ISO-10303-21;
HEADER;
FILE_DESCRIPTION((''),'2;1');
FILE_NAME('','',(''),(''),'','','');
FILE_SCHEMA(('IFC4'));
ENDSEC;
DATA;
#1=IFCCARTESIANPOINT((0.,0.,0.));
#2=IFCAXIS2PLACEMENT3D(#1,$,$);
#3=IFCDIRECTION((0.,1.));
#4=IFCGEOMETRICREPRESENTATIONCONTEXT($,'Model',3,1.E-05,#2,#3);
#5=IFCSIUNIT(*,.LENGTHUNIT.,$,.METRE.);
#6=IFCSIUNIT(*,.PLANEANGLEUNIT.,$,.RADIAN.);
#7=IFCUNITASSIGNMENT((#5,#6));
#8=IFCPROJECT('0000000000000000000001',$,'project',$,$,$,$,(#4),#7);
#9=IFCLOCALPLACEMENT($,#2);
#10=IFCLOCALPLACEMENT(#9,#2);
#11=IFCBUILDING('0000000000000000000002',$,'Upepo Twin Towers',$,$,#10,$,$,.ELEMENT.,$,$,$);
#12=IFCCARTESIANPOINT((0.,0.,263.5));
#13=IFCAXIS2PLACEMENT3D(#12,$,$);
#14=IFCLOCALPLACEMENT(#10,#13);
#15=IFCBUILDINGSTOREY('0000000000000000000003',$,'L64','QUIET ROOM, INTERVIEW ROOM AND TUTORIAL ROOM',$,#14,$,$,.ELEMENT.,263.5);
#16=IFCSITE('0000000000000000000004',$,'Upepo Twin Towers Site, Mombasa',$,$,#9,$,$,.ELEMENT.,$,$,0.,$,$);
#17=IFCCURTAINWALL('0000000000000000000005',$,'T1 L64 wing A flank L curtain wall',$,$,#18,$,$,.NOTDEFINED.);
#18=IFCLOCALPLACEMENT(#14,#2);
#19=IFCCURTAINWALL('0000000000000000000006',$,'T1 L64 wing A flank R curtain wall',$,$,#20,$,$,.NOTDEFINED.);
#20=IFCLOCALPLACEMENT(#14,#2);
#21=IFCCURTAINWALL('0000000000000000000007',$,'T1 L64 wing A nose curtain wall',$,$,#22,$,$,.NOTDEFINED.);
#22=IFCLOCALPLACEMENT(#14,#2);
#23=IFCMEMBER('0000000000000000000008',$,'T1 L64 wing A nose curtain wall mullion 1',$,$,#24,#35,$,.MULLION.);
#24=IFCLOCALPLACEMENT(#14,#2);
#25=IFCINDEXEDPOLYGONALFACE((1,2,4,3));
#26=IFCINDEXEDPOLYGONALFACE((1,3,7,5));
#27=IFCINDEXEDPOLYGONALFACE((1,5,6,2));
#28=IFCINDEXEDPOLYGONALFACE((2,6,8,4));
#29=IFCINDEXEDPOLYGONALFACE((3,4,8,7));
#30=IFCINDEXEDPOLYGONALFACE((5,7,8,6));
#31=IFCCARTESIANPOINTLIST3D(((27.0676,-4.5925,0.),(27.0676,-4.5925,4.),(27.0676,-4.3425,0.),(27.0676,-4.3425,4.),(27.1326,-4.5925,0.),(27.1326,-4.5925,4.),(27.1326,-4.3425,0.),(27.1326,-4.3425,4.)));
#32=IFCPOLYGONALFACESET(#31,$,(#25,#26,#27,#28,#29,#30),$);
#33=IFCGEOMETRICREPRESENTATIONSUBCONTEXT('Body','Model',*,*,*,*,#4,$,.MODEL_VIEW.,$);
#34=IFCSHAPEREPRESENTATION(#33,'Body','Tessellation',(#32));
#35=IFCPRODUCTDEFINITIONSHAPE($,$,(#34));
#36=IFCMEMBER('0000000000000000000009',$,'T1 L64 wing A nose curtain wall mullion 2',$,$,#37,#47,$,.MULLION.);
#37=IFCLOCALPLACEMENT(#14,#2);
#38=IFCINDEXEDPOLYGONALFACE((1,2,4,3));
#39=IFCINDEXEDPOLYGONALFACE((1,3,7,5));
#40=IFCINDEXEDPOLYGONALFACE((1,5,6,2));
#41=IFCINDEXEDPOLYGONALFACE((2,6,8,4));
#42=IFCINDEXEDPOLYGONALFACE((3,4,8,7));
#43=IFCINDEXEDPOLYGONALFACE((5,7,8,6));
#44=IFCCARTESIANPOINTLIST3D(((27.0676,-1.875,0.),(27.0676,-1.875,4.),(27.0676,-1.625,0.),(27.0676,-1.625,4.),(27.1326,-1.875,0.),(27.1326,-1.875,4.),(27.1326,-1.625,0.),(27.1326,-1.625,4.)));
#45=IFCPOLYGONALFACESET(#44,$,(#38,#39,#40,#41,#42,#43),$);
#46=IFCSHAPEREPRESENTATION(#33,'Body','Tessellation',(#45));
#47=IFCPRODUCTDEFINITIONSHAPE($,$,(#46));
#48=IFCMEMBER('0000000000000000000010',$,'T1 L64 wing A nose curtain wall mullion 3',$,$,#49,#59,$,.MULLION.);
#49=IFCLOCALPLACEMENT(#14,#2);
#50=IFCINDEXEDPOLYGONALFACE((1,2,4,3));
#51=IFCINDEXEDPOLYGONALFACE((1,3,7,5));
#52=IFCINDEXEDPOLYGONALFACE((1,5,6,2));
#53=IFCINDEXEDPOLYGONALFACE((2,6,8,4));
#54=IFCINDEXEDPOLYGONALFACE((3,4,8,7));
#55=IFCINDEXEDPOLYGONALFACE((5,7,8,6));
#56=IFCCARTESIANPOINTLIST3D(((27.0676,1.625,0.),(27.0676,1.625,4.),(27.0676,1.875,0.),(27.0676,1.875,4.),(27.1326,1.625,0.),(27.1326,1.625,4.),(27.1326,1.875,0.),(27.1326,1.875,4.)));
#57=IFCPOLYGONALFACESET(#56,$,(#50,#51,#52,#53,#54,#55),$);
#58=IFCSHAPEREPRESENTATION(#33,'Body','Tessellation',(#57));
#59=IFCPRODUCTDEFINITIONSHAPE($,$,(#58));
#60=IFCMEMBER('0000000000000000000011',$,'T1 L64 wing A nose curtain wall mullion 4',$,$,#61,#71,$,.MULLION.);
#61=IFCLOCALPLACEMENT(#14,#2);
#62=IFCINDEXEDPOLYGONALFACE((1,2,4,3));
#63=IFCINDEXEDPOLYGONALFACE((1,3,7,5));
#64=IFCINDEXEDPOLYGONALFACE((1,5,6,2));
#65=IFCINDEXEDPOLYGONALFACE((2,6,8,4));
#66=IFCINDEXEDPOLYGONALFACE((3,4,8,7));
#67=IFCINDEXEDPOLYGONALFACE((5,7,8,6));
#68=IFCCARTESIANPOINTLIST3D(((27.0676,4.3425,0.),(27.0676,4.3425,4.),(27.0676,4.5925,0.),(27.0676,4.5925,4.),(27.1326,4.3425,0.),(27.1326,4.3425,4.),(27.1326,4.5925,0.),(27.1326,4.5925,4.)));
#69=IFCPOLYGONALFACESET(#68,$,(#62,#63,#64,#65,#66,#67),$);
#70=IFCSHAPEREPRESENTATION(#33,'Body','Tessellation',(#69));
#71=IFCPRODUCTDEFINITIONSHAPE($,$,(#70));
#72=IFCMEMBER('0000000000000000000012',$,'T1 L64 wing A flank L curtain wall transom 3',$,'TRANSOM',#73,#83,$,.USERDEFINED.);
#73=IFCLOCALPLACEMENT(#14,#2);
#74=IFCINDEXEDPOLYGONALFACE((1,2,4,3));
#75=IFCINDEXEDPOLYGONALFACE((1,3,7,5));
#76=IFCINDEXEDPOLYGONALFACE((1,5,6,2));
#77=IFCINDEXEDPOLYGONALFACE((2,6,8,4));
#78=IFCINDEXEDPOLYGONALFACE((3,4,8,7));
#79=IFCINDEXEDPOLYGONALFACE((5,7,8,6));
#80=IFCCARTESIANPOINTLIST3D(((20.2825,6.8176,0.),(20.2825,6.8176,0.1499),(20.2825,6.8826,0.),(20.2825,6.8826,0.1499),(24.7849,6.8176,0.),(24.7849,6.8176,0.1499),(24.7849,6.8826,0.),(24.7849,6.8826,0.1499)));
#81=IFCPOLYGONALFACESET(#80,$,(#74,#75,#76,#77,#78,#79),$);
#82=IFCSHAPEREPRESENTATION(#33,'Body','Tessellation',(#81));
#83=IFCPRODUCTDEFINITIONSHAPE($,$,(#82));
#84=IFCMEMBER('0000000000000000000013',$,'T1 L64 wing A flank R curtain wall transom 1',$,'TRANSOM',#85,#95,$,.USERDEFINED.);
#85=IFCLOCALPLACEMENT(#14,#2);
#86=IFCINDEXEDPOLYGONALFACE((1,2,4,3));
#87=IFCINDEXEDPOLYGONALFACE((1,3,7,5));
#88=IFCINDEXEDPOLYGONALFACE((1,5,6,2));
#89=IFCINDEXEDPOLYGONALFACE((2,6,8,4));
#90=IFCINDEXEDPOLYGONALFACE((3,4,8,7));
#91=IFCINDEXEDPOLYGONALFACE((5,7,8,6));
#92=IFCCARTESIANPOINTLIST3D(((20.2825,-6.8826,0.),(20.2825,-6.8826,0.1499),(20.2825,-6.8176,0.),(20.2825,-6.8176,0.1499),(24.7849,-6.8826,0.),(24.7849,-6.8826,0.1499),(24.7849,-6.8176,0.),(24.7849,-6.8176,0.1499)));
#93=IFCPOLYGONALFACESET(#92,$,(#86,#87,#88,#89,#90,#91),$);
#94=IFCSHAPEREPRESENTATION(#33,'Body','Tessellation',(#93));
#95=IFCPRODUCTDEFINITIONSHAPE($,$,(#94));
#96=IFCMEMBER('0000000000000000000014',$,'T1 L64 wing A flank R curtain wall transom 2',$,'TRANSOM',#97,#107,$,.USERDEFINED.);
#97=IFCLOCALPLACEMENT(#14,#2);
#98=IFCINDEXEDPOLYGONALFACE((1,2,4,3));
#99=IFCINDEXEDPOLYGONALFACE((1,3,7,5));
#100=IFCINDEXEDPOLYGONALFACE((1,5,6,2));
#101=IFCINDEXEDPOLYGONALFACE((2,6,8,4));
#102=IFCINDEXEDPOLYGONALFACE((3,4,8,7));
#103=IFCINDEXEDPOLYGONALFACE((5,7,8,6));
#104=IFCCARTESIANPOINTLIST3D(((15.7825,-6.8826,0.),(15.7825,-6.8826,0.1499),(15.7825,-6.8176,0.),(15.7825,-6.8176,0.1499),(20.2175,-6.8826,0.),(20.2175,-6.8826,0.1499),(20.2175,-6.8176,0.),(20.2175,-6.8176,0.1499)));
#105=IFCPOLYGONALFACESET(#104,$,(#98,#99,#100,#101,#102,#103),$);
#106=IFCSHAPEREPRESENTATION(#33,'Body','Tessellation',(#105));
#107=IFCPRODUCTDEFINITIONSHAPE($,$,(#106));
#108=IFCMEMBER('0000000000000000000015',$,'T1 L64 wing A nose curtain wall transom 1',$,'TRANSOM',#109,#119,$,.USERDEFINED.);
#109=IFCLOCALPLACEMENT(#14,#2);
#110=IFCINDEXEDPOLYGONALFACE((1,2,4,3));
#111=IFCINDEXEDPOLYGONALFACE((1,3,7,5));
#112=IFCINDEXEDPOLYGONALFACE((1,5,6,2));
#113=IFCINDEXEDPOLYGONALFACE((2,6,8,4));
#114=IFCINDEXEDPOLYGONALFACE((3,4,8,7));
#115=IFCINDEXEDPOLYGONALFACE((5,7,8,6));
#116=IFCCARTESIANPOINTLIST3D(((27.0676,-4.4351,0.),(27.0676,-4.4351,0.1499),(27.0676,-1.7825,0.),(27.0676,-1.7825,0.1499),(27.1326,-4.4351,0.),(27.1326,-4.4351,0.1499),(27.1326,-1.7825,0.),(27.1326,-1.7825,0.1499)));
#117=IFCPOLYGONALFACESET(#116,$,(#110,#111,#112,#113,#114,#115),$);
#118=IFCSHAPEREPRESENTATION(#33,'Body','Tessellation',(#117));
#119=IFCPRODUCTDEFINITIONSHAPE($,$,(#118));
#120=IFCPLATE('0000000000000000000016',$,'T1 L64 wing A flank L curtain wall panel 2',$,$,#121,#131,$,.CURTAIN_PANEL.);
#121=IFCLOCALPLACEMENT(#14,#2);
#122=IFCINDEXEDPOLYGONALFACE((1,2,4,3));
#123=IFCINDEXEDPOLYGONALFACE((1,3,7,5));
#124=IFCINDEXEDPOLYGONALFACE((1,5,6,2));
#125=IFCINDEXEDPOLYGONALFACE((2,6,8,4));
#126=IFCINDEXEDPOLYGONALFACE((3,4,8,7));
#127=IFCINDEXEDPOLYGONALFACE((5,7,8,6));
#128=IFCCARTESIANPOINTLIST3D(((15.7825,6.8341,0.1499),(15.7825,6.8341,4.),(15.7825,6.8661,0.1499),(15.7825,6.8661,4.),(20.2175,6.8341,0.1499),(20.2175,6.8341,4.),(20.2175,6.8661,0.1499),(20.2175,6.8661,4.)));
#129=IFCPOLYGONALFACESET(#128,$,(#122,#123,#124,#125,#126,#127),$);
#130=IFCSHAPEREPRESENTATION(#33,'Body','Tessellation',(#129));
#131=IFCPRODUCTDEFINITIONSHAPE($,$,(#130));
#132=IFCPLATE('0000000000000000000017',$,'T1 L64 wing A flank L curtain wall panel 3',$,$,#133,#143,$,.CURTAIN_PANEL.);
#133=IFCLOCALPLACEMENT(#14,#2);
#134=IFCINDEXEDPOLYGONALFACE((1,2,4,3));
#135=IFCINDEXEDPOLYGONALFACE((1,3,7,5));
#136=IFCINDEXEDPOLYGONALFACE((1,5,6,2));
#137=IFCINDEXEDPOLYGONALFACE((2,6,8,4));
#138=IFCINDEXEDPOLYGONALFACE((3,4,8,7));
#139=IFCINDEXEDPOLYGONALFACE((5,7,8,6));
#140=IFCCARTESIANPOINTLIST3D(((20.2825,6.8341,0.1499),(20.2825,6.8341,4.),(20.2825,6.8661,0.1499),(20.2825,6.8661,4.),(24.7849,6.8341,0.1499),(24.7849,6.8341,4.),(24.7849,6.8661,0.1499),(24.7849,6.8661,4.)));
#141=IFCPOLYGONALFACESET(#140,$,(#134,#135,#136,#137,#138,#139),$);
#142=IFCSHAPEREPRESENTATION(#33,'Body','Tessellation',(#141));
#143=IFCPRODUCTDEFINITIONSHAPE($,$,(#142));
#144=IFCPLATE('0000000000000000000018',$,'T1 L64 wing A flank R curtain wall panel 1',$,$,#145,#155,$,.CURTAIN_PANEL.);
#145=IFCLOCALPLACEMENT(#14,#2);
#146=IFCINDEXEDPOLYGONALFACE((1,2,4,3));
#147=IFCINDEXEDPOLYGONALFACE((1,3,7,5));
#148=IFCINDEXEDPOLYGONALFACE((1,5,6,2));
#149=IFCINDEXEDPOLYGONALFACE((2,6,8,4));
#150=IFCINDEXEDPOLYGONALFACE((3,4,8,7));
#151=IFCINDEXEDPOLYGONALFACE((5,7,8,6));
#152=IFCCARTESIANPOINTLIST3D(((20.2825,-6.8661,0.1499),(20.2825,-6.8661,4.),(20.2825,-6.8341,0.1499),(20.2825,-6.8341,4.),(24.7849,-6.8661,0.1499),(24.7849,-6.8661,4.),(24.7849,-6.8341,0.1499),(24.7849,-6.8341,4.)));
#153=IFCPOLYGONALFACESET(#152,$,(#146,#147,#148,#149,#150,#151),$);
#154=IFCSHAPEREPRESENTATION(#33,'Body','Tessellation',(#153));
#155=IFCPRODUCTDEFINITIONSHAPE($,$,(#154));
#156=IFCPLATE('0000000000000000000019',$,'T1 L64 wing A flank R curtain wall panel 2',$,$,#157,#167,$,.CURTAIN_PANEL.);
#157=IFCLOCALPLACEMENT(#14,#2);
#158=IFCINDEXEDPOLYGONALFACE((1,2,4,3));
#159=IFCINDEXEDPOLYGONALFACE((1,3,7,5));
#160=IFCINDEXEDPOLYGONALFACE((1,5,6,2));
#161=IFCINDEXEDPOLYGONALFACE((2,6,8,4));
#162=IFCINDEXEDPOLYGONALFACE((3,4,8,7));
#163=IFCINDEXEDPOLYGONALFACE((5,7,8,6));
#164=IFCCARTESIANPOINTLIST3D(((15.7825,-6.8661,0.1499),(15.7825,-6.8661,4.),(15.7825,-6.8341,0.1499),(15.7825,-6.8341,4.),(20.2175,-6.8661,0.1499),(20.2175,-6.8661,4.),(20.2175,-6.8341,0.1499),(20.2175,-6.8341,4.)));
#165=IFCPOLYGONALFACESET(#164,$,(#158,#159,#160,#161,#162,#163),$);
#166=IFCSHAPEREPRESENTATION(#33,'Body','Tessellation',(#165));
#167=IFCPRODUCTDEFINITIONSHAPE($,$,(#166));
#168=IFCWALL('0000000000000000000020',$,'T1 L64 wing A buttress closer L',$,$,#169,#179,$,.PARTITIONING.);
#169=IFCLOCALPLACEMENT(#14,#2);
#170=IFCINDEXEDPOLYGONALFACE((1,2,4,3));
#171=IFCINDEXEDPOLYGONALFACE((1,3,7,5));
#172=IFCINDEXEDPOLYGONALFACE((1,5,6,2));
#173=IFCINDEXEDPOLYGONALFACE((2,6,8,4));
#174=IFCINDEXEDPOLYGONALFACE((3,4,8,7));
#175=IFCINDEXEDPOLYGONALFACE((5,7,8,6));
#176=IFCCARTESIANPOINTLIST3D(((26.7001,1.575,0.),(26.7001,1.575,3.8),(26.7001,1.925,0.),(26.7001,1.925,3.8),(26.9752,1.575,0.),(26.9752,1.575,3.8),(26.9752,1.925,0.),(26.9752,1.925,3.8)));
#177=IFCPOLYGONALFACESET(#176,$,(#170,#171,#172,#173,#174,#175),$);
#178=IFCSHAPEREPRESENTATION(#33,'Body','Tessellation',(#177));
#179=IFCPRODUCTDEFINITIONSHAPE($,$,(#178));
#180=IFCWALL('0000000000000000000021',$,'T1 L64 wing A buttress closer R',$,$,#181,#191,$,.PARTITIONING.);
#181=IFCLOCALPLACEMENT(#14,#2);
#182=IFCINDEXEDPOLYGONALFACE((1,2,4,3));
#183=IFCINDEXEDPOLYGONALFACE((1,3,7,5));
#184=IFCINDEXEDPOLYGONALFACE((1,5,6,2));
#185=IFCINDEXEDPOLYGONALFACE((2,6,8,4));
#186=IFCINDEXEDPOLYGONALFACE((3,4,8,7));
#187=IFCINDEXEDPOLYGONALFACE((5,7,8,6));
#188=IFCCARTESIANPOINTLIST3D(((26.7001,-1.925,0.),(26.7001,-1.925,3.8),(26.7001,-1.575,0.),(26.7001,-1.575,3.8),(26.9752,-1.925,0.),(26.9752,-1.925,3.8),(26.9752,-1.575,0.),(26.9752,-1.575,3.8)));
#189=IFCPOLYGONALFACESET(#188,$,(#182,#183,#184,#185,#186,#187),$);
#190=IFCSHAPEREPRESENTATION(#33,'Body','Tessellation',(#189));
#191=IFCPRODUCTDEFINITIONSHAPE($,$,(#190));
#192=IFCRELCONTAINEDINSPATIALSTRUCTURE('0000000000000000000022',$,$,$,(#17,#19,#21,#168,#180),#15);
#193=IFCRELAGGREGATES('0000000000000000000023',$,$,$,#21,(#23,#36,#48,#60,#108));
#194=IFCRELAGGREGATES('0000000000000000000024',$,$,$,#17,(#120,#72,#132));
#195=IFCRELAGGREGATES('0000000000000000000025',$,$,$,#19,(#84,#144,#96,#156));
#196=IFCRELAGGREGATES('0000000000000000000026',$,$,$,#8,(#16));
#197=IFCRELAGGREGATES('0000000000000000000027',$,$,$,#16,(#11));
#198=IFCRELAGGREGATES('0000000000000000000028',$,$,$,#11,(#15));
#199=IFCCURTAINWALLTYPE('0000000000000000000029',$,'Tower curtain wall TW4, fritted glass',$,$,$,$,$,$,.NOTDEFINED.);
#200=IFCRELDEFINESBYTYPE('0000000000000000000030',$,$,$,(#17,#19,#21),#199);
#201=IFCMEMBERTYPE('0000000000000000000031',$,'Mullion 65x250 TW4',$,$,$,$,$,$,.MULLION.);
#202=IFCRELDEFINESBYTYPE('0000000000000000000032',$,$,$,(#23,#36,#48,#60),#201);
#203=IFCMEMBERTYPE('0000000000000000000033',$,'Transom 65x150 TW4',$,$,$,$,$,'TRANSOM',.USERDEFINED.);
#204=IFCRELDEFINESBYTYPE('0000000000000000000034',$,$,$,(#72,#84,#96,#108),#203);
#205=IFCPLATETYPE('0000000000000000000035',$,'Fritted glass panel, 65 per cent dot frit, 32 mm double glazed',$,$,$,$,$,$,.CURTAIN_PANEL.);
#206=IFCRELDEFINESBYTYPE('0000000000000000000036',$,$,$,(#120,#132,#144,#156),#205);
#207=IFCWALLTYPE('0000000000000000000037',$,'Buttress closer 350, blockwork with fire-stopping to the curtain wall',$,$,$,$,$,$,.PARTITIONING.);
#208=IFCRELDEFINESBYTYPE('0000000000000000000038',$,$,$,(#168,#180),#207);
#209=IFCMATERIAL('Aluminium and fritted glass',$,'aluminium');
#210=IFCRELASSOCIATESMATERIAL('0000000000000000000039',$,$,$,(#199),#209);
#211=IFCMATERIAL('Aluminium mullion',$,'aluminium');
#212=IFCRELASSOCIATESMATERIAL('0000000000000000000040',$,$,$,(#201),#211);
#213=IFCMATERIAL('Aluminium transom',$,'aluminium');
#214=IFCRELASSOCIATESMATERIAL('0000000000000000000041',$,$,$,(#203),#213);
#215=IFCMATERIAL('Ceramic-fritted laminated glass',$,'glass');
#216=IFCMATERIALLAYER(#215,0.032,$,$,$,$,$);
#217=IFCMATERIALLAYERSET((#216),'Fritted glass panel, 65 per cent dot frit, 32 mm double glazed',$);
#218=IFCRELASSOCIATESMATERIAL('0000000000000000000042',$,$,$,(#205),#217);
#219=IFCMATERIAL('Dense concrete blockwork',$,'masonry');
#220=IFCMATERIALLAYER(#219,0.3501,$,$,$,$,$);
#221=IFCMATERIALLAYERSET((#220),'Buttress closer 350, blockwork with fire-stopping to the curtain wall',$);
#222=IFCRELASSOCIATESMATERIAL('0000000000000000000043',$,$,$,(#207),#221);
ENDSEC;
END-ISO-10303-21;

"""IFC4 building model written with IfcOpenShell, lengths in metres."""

from ifc_helpers import new_model, si_unit, direction, frame, frame_2d, origin, origin_2d, place, context, subcontext, project, spatial, rectangle, extrude, material, layer, layer_set, material_profile, profile_set, type_object, element, aggregate, save


model = new_model("IFC4")

# Units and contexts
model_context = context("Model", 3, precision=1e-05, world=origin(), true_north=direction((0.0, 1.0)))
body_context = subcontext(model_context, "Body", "Model", "MODEL_VIEW")
ifc_project = project(units=[si_unit("LENGTHUNIT", "METRE"), si_unit("PLANEANGLEUNIT", "RADIAN")], contexts=[model_context])

# Site, building, storey
site_placement = place(None, origin())
site = spatial("IfcSite", under=ifc_project, at=site_placement, Name="Upepo Twin Towers Site, Mombasa", CompositionType="ELEMENT", RefElevation=0.0)
building_placement = place(site_placement, origin())
building = spatial("IfcBuilding", under=site, at=building_placement, Name="Upepo Twin Towers", CompositionType="ELEMENT")
storey_placement = place(building_placement, frame((0.0, 0.0, 263.5)))
storey = spatial("IfcBuildingStorey", under=building, at=storey_placement, Name="L64", Description="QUIET ROOM, INTERVIEW ROOM AND TUTORIAL ROOM", CompositionType="ELEMENT", Elevation=263.5)

# Curtain walls, members
ifc_material_1 = material(Name="Aluminium and fritted glass", Category="aluminium")
curtain_wall_type = type_object("IfcCurtainWallType", Name="Tower curtain wall TW4, fritted glass", PredefinedType="NOTDEFINED", material=ifc_material_1)
curtain_wall_1_placement = place(storey_placement, origin())
curtain_wall_1 = element("IfcCurtainWall", 1, at=curtain_wall_1_placement, inside=storey, type_object=curtain_wall_type, Name="T1 L64 wing A flank L curtain wall", PredefinedType="NOTDEFINED")
ifc_material_2 = material(Name="Aluminium mullion", Category="aluminium")
ifc_material_profile_1 = material_profile(ifc_material_2, rectangle(XDim=0.0649, YDim=0.25, at=origin_2d()), Name="MULLION 65x250")
ifc_profile_set_1 = profile_set([ifc_material_profile_1], Name="Aluminium mullion")
member_type_1 = type_object("IfcMemberType", Name="Mullion 65x250 TW4", PredefinedType="MULLION", material=ifc_profile_set_1)
curtain_wall_2_placement = place(storey_placement, origin())
curtain_wall_2 = element("IfcCurtainWall", 2, at=curtain_wall_2_placement, inside=storey, type_object=curtain_wall_type, Name="T1 L64 wing A flank R curtain wall", PredefinedType="NOTDEFINED")
curtain_wall_3_placement = place(storey_placement, origin())
curtain_wall_3 = element("IfcCurtainWall", 3, at=curtain_wall_3_placement, inside=storey, type_object=curtain_wall_type, Name="T1 L64 wing A nose curtain wall", PredefinedType="NOTDEFINED")
member_1_placement = place(storey_placement, frame((27.1001, -4.4675, 0.0), z_axis=(0.0, 0.0, 1.0), x_axis=(-1.0, 0.0, 0.0)))
member_1 = element("IfcMember", 4, at=member_1_placement, type_object=member_type_1, Name="T1 L64 wing A nose curtain wall mullion 1", PredefinedType="MULLION", context=body_context, shape_type="SweptSolid", body=[
    extrude(rectangle(XDim=0.0649, YDim=0.25, at=origin_2d()), origin(), (0.0, 0.0, 1.0), 4.0),
])
member_2_placement = place(storey_placement, frame((27.1001, -1.75, 0.0), z_axis=(0.0, 0.0, 1.0), x_axis=(-1.0, 0.0, 0.0)))
member_2 = element("IfcMember", 5, at=member_2_placement, type_object=member_type_1, Name="T1 L64 wing A nose curtain wall mullion 2", PredefinedType="MULLION", context=body_context, shape_type="SweptSolid", body=[
    extrude(rectangle(XDim=0.0649, YDim=0.25, at=origin_2d()), origin(), (0.0, 0.0, 1.0), 4.0),
])
member_3_placement = place(storey_placement, frame((27.1001, 1.75, 0.0), z_axis=(0.0, 0.0, 1.0), x_axis=(-1.0, 0.0, 0.0)))
member_3 = element("IfcMember", 6, at=member_3_placement, type_object=member_type_1, Name="T1 L64 wing A nose curtain wall mullion 3", PredefinedType="MULLION", context=body_context, shape_type="SweptSolid", body=[
    extrude(rectangle(XDim=0.0649, YDim=0.25, at=origin_2d()), origin(), (0.0, 0.0, 1.0), 4.0),
])
member_4_placement = place(storey_placement, frame((27.1001, 4.4675, 0.0), z_axis=(0.0, 0.0, 1.0), x_axis=(-1.0, 0.0, 0.0)))
member_4 = element("IfcMember", 7, at=member_4_placement, type_object=member_type_1, Name="T1 L64 wing A nose curtain wall mullion 4", PredefinedType="MULLION", context=body_context, shape_type="SweptSolid", body=[
    extrude(rectangle(XDim=0.0649, YDim=0.25, at=origin_2d()), origin(), (0.0, 0.0, 1.0), 4.0),
])

# Members
ifc_material_3 = material(Name="Aluminium transom", Category="aluminium")
ifc_material_profile_2 = material_profile(ifc_material_3, rectangle(XDim=0.0649, YDim=0.1499, at=origin_2d()), Name="TRANSOM 65x150")
ifc_profile_set_2 = profile_set([ifc_material_profile_2], Name="Aluminium transom")
member_type_2 = type_object("IfcMemberType", Name="Transom 65x150 TW4", ElementType="TRANSOM", PredefinedType="USERDEFINED", material=ifc_profile_set_2)
member_5_placement = place(storey_placement, frame((20.2825, 6.8501, 0.075), z_axis=(1.0, 0.0, 0.0), x_axis=(0.0, 1.0, 0.0)))
member_5 = element("IfcMember", 8, at=member_5_placement, type_object=member_type_2, Name="T1 L64 wing A flank L curtain wall transom 3", ObjectType="TRANSOM", PredefinedType="USERDEFINED", context=body_context, shape_type="SweptSolid", body=[
    extrude(rectangle(XDim=0.0649, YDim=0.1499, at=origin_2d()), origin(), (0.0, 0.0, 1.0), 4.5024),
])
member_6_placement = place(storey_placement, frame((24.7849, -6.8501, 0.075), z_axis=(-1.0, 0.0, 0.0), x_axis=(0.0, -1.0, 0.0)))
member_6 = element("IfcMember", 9, at=member_6_placement, type_object=member_type_2, Name="T1 L64 wing A flank R curtain wall transom 1", ObjectType="TRANSOM", PredefinedType="USERDEFINED", context=body_context, shape_type="SweptSolid", body=[
    extrude(rectangle(XDim=0.0649, YDim=0.1499, at=origin_2d()), origin(), (0.0, 0.0, 1.0), 4.5024),
])
member_7_placement = place(storey_placement, frame((20.2175, -6.8501, 0.075), z_axis=(-1.0, 0.0, 0.0), x_axis=(0.0, -1.0, 0.0)))
member_7 = element("IfcMember", 10, at=member_7_placement, type_object=member_type_2, Name="T1 L64 wing A flank R curtain wall transom 2", ObjectType="TRANSOM", PredefinedType="USERDEFINED", context=body_context, shape_type="SweptSolid", body=[
    extrude(rectangle(XDim=0.0649, YDim=0.1499, at=origin_2d()), origin(), (0.0, 0.0, 1.0), 4.4351),
])
member_8_placement = place(storey_placement, frame((27.1001, -4.4351, 0.075), z_axis=(0.0, 1.0, 0.0), x_axis=(-1.0, 0.0, 0.0)))
member_8 = element("IfcMember", 11, at=member_8_placement, type_object=member_type_2, Name="T1 L64 wing A nose curtain wall transom 1", ObjectType="TRANSOM", PredefinedType="USERDEFINED", context=body_context, shape_type="SweptSolid", body=[
    extrude(rectangle(XDim=0.0649, YDim=0.1499, at=origin_2d()), origin(), (0.0, 0.0, 1.0), 2.6526),
])
aggregate(curtain_wall_3, [member_1, member_2, member_3, member_4, member_8])

# Plates
ifc_material_4 = material(Name="Ceramic-fritted laminated glass", Category="glass")
ifc_layer_1 = layer(ifc_material_4, 0.032)
ifc_layer_set_1 = layer_set([ifc_layer_1], Name="Fritted glass panel, 65 per cent dot frit, 32 mm double glazed")
plate_type = type_object("IfcPlateType", Name="Fritted glass panel, 65 per cent dot frit, 32 mm double glazed", PredefinedType="CURTAIN_PANEL", material=ifc_layer_set_1)
plate_1_placement = place(storey_placement, frame((18.0, 6.8501, 0.1499), z_axis=(0.0, 0.0, 1.0), x_axis=(1.0, 0.0, 0.0)))
plate_1 = element("IfcPlate", 12, at=plate_1_placement, type_object=plate_type, Name="T1 L64 wing A flank L curtain wall panel 2", PredefinedType="CURTAIN_PANEL", context=body_context, shape_type="SweptSolid", body=[
    extrude(rectangle(XDim=4.4351, YDim=0.032, at=origin_2d()), origin(), (0.0, 0.0, 1.0), 3.8501),
])
plate_2_placement = place(storey_placement, frame((22.5337, 6.8501, 0.1499), z_axis=(0.0, 0.0, 1.0), x_axis=(1.0, 0.0, 0.0)))
plate_2 = element("IfcPlate", 13, at=plate_2_placement, type_object=plate_type, Name="T1 L64 wing A flank L curtain wall panel 3", PredefinedType="CURTAIN_PANEL", context=body_context, shape_type="SweptSolid", body=[
    extrude(rectangle(XDim=4.5024, YDim=0.032, at=origin_2d()), origin(), (0.0, 0.0, 1.0), 3.8501),
])
aggregate(curtain_wall_1, [plate_1, member_5, plate_2])
plate_3_placement = place(storey_placement, frame((22.5337, -6.8501, 0.1499), z_axis=(0.0, 0.0, 1.0), x_axis=(-1.0, 0.0, 0.0)))
plate_3 = element("IfcPlate", 14, at=plate_3_placement, type_object=plate_type, Name="T1 L64 wing A flank R curtain wall panel 1", PredefinedType="CURTAIN_PANEL", context=body_context, shape_type="SweptSolid", body=[
    extrude(rectangle(XDim=4.5024, YDim=0.032, at=origin_2d()), origin(), (0.0, 0.0, 1.0), 3.8501),
])
plate_4_placement = place(storey_placement, frame((18.0, -6.8501, 0.1499), z_axis=(0.0, 0.0, 1.0), x_axis=(-1.0, 0.0, 0.0)))
plate_4 = element("IfcPlate", 15, at=plate_4_placement, type_object=plate_type, Name="T1 L64 wing A flank R curtain wall panel 2", PredefinedType="CURTAIN_PANEL", context=body_context, shape_type="SweptSolid", body=[
    extrude(rectangle(XDim=4.4351, YDim=0.032, at=origin_2d()), origin(), (0.0, 0.0, 1.0), 3.8501),
])
aggregate(curtain_wall_2, [member_6, plate_3, member_7, plate_4])

# Walls
ifc_material_5 = material(Name="Dense concrete blockwork", Category="masonry")
ifc_layer_2 = layer(ifc_material_5, 0.3501)
ifc_layer_set_2 = layer_set([ifc_layer_2], Name="Buttress closer 350, blockwork with fire-stopping to the curtain wall")
wall_type_1 = type_object("IfcWallType", Name="Buttress closer 350, blockwork with fire-stopping to the curtain wall", PredefinedType="PARTITIONING", material=ifc_layer_set_2)
for number, where, z_axis, x_axis, name in (
    (16, (26.7, 1.75, 0.0), (0.0, 0.0, 1.0), (1.0, 0.0, 0.0), "T1 L64 wing A buttress closer L"),
    (17, (26.7, -1.75, 0.0), (0.0, 0.0, 1.0), (1.0, 0.0, 0.0), "T1 L64 wing A buttress closer R"),
):
    element("IfcWall", number, at=place(storey_placement, frame(where, z_axis=z_axis, x_axis=x_axis)), inside=storey, type_object=wall_type_1, Name=name, PredefinedType="PARTITIONING", context=body_context, shape_type="SweptSolid", body=[
        extrude(rectangle(XDim=0.2751, YDim=0.3501, at=frame_2d((0.1377, 0.0))), origin(), (0.0, 0.0, 1.0), 3.8),
    ])

save(model, "model.ifc")
